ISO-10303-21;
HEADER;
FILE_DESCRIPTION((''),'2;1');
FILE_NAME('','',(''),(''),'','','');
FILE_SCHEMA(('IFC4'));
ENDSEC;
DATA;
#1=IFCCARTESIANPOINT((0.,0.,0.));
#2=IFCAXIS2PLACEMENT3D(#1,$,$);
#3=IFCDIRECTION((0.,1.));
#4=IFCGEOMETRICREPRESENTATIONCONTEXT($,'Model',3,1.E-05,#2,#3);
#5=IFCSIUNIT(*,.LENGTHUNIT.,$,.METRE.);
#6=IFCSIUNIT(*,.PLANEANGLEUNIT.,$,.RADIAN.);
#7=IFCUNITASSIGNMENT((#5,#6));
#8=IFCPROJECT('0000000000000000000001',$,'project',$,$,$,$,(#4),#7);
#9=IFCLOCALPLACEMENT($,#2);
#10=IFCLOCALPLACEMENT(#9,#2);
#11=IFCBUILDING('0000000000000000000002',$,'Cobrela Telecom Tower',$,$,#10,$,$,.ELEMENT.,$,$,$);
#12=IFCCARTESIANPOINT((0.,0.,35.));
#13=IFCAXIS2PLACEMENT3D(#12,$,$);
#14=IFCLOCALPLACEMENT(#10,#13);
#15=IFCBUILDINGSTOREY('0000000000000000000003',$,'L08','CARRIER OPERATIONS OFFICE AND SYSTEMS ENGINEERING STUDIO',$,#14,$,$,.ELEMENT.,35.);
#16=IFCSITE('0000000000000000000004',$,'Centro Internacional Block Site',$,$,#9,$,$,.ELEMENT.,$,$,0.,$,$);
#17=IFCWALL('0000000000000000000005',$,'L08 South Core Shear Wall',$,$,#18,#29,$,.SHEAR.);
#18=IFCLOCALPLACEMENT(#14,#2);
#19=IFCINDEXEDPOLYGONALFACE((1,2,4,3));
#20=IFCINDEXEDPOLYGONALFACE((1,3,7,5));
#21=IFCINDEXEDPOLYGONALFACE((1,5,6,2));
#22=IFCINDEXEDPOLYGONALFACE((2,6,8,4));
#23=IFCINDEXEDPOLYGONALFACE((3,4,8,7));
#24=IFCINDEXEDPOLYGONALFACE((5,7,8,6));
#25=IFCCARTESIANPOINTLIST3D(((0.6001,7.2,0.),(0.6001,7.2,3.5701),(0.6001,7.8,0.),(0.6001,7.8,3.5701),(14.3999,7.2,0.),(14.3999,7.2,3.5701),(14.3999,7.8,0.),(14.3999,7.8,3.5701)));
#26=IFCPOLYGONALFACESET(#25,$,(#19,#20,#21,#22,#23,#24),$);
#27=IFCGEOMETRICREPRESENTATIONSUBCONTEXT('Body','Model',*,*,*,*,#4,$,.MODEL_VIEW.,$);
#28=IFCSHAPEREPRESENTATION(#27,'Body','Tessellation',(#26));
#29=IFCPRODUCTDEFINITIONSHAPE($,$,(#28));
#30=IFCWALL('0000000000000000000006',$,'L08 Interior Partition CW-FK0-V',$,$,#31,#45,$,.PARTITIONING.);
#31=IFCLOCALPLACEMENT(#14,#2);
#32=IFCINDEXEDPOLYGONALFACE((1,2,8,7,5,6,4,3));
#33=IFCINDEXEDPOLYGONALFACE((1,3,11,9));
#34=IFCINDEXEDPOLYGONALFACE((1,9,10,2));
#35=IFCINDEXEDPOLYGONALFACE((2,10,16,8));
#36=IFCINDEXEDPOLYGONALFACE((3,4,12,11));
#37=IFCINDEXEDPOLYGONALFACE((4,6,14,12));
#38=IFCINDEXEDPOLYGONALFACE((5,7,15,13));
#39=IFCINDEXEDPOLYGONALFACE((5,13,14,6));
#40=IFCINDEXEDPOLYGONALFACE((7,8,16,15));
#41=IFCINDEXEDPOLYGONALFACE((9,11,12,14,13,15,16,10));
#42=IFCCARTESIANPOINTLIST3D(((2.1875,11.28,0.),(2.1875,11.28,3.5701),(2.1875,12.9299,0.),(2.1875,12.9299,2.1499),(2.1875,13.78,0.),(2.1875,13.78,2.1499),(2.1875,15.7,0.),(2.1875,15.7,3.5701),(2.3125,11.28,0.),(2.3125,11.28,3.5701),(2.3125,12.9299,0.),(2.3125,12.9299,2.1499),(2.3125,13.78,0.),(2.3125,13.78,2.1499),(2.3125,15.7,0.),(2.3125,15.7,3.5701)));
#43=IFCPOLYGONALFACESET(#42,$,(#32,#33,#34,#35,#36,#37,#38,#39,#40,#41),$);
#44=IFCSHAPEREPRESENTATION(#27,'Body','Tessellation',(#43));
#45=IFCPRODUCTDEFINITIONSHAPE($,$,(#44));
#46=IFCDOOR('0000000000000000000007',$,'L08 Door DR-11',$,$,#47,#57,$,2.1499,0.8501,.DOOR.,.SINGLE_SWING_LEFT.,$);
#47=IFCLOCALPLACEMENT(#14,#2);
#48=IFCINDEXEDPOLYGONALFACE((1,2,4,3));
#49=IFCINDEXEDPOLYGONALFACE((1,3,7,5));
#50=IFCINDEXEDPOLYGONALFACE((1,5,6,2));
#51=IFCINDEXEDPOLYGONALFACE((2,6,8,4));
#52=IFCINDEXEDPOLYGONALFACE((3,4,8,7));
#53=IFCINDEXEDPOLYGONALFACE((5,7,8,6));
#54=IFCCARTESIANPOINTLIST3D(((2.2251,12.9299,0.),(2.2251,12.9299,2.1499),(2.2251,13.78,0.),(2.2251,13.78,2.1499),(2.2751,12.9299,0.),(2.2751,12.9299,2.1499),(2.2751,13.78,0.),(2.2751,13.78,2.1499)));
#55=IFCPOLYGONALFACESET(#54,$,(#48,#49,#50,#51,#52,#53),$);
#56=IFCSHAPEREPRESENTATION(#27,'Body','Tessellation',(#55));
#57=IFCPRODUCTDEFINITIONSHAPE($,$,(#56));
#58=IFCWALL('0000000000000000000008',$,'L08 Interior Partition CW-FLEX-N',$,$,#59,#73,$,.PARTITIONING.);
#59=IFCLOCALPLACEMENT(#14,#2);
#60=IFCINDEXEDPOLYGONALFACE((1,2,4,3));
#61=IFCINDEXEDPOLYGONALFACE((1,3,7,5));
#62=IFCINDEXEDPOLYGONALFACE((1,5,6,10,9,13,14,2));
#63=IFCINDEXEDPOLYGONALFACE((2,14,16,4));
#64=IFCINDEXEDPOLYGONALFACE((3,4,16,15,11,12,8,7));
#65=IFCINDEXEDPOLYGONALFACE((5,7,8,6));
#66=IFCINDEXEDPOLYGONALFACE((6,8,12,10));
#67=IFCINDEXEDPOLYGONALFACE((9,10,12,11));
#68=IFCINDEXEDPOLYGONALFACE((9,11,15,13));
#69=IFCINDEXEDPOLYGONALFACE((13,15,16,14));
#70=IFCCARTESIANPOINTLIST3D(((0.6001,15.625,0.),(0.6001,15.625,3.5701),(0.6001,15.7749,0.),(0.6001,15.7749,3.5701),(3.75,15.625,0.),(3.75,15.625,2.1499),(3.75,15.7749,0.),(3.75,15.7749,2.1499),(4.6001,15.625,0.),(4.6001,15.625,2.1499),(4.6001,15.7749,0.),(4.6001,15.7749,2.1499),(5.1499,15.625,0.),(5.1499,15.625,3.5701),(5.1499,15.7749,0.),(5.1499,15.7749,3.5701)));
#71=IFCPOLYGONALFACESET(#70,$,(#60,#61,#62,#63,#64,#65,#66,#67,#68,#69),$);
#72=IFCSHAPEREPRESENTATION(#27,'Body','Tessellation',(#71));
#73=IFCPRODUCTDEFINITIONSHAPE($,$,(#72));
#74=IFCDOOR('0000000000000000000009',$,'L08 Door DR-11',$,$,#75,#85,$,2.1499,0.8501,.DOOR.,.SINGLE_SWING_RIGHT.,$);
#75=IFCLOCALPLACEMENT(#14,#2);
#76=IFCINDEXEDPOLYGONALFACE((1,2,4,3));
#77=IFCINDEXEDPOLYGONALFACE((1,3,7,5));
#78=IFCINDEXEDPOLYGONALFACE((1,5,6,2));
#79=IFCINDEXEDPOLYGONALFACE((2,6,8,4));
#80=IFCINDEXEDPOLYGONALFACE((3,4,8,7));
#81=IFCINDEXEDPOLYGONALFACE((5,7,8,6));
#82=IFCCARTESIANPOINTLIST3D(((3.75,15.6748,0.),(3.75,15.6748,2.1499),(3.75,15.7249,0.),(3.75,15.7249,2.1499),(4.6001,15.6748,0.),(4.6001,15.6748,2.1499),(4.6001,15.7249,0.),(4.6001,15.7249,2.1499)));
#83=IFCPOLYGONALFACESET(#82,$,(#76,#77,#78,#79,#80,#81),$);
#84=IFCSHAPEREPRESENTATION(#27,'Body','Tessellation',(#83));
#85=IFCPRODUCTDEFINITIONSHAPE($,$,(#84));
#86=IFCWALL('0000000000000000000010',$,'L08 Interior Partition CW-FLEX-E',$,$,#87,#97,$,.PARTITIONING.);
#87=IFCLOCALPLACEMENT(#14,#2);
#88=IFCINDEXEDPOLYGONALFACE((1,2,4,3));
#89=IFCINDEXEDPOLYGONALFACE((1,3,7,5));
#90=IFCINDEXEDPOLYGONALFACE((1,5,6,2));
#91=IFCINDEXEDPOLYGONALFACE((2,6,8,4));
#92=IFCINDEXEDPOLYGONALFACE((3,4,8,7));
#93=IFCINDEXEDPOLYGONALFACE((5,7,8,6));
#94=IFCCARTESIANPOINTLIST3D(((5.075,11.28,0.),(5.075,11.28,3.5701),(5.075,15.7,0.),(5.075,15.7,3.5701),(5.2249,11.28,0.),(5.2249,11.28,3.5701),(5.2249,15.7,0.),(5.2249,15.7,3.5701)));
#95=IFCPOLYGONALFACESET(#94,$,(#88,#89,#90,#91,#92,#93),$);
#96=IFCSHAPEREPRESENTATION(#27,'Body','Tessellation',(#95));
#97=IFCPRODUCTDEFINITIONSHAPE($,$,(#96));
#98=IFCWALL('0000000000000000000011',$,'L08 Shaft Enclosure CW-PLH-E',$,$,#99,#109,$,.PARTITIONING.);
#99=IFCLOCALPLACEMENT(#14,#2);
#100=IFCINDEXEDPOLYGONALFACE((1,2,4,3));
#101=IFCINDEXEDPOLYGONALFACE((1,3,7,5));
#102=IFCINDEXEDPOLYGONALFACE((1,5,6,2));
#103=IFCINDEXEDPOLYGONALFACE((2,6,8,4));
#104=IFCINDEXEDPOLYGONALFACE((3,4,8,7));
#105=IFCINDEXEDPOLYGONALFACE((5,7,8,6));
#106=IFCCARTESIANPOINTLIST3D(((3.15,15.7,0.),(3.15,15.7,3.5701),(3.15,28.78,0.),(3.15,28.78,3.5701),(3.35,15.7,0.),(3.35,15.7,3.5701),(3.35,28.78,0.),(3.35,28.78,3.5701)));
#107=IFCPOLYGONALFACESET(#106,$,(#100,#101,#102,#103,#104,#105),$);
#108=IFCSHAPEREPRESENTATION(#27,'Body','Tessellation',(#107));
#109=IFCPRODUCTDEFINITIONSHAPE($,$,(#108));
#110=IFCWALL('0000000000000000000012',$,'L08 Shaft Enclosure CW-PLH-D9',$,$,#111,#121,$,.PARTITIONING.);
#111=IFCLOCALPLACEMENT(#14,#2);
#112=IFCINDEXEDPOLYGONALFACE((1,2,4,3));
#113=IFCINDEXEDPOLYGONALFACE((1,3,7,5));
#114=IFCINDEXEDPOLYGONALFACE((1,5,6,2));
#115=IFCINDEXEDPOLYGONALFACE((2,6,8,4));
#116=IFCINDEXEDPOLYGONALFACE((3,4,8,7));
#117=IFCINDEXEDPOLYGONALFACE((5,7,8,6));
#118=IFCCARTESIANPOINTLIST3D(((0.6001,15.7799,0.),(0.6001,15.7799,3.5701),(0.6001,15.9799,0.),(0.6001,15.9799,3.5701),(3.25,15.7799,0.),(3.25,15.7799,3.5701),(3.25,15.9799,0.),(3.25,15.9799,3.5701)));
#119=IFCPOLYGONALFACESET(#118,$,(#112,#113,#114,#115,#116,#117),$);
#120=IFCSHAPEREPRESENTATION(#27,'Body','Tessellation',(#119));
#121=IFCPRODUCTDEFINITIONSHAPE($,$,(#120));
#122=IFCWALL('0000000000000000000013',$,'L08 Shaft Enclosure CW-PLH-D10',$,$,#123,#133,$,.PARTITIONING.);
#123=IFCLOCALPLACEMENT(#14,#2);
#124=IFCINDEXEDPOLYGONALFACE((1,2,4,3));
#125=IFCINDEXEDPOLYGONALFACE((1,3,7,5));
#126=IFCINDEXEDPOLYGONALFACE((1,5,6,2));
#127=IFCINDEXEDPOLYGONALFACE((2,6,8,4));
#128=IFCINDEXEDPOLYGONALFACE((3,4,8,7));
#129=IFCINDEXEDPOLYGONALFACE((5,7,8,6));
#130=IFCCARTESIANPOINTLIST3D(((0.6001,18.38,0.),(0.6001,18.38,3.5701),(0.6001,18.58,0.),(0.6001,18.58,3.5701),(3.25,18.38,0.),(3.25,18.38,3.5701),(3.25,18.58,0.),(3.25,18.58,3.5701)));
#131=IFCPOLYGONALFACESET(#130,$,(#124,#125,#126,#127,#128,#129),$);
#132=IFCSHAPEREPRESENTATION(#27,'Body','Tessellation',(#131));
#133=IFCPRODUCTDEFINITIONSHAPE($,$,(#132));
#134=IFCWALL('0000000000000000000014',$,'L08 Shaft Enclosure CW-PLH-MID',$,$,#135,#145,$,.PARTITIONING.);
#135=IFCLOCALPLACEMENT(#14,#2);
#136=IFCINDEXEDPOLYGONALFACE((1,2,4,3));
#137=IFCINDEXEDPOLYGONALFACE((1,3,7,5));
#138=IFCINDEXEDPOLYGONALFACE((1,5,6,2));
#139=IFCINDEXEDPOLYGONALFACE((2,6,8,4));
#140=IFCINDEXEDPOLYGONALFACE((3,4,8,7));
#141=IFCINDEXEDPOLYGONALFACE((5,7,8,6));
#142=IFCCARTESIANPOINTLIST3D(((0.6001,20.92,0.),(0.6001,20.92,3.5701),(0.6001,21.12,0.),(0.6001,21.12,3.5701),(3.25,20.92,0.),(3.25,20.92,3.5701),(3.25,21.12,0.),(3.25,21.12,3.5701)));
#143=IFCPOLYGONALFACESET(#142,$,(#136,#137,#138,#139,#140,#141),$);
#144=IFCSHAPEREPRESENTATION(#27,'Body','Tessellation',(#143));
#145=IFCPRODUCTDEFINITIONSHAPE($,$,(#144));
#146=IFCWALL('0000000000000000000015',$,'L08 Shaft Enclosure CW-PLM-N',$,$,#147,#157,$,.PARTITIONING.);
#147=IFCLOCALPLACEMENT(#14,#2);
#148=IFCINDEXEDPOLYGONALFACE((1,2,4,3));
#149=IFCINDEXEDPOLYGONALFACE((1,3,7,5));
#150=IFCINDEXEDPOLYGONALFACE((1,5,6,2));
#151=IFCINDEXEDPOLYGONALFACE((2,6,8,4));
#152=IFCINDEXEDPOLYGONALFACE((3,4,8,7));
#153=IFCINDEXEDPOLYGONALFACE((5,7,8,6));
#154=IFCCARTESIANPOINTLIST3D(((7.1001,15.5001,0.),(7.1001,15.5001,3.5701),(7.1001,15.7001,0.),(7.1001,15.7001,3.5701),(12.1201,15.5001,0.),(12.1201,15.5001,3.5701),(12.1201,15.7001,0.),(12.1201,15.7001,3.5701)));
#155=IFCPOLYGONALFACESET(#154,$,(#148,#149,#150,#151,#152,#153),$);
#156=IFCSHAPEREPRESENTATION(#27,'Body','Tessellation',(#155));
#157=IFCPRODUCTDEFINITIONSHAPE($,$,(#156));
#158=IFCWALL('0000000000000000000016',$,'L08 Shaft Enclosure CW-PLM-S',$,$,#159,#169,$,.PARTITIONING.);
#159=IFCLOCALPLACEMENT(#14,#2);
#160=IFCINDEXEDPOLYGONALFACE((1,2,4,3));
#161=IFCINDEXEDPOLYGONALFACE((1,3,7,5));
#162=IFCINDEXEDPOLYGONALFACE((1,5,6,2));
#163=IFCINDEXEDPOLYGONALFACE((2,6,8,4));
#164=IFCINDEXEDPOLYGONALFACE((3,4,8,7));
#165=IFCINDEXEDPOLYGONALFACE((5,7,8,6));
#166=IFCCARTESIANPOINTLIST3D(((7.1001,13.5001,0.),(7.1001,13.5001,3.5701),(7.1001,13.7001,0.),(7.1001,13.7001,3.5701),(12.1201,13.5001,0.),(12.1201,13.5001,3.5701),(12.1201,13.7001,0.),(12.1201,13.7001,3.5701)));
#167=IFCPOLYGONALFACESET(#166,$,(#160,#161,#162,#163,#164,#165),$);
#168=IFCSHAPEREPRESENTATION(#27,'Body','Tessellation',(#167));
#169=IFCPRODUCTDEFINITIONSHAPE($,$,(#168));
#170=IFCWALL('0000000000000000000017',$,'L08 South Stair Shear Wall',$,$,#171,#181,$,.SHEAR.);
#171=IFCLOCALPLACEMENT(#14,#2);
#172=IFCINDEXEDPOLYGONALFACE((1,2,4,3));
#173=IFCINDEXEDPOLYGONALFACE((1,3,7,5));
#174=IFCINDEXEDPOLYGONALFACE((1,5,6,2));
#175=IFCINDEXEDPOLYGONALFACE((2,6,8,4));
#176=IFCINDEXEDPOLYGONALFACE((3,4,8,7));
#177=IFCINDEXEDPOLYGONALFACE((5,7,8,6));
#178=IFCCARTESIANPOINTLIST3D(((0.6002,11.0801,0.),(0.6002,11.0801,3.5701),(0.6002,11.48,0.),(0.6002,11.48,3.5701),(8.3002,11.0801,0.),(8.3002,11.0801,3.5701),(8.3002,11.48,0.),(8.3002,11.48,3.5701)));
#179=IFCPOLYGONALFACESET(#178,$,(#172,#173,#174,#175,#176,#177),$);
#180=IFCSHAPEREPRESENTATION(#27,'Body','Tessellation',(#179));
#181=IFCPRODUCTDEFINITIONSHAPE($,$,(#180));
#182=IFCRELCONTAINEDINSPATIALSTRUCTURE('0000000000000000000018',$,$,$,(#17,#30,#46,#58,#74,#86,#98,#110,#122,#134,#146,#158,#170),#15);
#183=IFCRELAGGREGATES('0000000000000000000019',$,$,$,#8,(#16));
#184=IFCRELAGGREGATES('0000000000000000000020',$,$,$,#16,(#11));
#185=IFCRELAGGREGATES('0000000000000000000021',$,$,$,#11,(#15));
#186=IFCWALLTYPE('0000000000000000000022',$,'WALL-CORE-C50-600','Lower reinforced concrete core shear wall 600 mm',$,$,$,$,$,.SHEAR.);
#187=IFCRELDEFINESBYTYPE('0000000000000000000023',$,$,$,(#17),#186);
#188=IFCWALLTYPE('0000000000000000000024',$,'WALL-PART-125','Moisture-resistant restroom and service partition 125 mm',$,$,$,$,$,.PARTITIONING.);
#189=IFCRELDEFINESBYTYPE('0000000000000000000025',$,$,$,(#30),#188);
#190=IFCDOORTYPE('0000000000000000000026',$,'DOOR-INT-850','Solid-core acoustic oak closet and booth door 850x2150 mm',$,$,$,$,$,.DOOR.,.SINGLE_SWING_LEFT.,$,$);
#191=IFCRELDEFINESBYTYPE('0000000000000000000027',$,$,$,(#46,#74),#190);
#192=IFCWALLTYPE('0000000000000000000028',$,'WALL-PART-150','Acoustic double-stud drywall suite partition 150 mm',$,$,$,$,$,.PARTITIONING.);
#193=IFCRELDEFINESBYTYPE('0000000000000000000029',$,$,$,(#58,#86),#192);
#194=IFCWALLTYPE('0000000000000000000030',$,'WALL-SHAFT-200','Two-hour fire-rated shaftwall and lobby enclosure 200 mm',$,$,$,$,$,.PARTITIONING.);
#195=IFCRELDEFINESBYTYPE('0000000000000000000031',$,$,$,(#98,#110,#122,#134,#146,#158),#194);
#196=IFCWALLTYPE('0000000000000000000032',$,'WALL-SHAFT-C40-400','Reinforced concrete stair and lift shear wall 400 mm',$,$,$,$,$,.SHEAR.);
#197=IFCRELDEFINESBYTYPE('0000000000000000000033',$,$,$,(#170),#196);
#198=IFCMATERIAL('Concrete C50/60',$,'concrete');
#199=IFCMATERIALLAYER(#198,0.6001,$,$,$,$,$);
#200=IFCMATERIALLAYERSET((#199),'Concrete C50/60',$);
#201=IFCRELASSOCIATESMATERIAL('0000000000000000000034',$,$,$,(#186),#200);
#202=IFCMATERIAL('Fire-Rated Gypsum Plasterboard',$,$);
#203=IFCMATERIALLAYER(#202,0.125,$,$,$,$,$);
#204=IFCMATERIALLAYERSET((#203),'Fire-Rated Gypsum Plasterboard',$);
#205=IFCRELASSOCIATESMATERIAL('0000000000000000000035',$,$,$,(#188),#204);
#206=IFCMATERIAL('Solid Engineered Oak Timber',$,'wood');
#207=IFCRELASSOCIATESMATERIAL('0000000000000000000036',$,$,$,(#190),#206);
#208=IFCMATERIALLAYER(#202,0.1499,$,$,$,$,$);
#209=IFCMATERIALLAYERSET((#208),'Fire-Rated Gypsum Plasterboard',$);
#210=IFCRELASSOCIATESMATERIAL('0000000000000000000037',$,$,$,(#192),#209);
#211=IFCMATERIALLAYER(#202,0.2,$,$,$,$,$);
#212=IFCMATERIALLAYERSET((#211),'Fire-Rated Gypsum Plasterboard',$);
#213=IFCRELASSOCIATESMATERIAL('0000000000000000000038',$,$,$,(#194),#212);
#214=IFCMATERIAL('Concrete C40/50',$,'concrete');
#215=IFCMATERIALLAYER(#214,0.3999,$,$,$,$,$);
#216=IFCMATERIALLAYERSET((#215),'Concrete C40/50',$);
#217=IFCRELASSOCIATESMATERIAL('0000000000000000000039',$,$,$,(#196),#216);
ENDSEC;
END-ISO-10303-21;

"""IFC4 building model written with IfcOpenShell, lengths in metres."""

from ifc_helpers import new_model, si_unit, direction, frame, frame_2d, origin, place, context, subcontext, project, spatial, rectangle, extrude, material, layer, layer_set, type_object, element, fill, save


model = new_model("IFC4")

# Units and contexts
model_context = context("Model", 3, precision=1e-05, world=origin(), true_north=direction((0.0, 1.0)))
body_context = subcontext(model_context, "Body", "Model", "MODEL_VIEW")
ifc_project = project(units=[si_unit("LENGTHUNIT", "METRE"), si_unit("PLANEANGLEUNIT", "RADIAN")], contexts=[model_context])

# Site, building, storey
site_placement = place(None, origin())
site = spatial("IfcSite", under=ifc_project, at=site_placement, Name="Centro Internacional Block Site", CompositionType="ELEMENT", RefElevation=0.0)
building_placement = place(site_placement, origin())
building = spatial("IfcBuilding", under=site, at=building_placement, Name="Cobrela Telecom Tower", CompositionType="ELEMENT")
storey_placement = place(building_placement, frame((0.0, 0.0, 35.0)))
storey = spatial("IfcBuildingStorey", under=building, at=storey_placement, Name="L08", Description="CARRIER OPERATIONS OFFICE AND SYSTEMS ENGINEERING STUDIO", CompositionType="ELEMENT", Elevation=35.0)

# Wall
ifc_material_1 = material(Name="Concrete C50/60", Category="concrete")
ifc_layer_1 = layer(ifc_material_1, 0.6001)
ifc_layer_set_1 = layer_set([ifc_layer_1], Name="Concrete C50/60")
wall_type_1 = type_object("IfcWallType", Name="WALL-CORE-C50-600", Description="Lower reinforced concrete core shear wall 600 mm", PredefinedType="SHEAR", material=ifc_layer_set_1)
wall_1_placement = place(storey_placement, frame((0.6001, 7.5, 0.0), z_axis=(0.0, 0.0, 1.0), x_axis=(1.0, 0.0, 0.0)))
element("IfcWall", 1, at=wall_1_placement, inside=storey, type_object=wall_type_1, Name="L08 South Core Shear Wall", PredefinedType="SHEAR", context=body_context, shape_type="SweptSolid", body=[
    extrude(rectangle(XDim=13.7998, YDim=0.6001, at=frame_2d((6.8999, 0.0))), origin(), (0.0, 0.0, 1.0), 3.5701),
])

# Walls, openings, doors
ifc_material_2 = material(Name="Fire-Rated Gypsum Plasterboard")
ifc_layer_2 = layer(ifc_material_2, 0.125)
ifc_layer_set_2 = layer_set([ifc_layer_2], Name="Fire-Rated Gypsum Plasterboard")
wall_type_2 = type_object("IfcWallType", Name="WALL-PART-125", Description="Moisture-resistant restroom and service partition 125 mm", PredefinedType="PARTITIONING", material=ifc_layer_set_2)
wall_2_placement = place(storey_placement, frame((2.25, 11.28, 0.0), z_axis=(0.0, 0.0, 1.0), x_axis=(0.0, 1.0, 0.0)))
wall_2 = element("IfcWall", 2, at=wall_2_placement, inside=storey, type_object=wall_type_2, Name="L08 Interior Partition CW-FK0-V", PredefinedType="PARTITIONING", context=body_context, shape_type="SweptSolid", body=[
    extrude(rectangle(XDim=4.4199, YDim=0.125, at=frame_2d((2.21, 0.0))), origin(), (0.0, 0.0, 1.0), 3.5701),
])
opening_1_placement = place(wall_2_placement, frame((1.6499, 0.0, 0.0)))
opening_1 = element("IfcOpeningElement", 3, at=opening_1_placement, cuts=wall_2, PredefinedType="OPENING", context=body_context, shape_type="SweptSolid", body=[
    extrude(rectangle(XDim=0.8501, YDim=2.1499, at=frame_2d((0.425, 1.075))), frame((0.0, 0.0745, 0.0), z_axis=(0.0, -1.0, 0.0), x_axis=(1.0, 0.0, 0.0)), (0.0, 0.0, 1.0), 0.1489),
])
ifc_material_3 = material(Name="Solid Engineered Oak Timber", Category="wood")
door_type = type_object("IfcDoorType", Name="DOOR-INT-850", Description="Solid-core acoustic oak closet and booth door 850x2150 mm", OperationType="SINGLE_SWING_LEFT", PredefinedType="DOOR", material=ifc_material_3)
door_1_placement = place(opening_1_placement, origin())
door_1 = element("IfcDoor", 4, at=door_1_placement, inside=storey, type_object=door_type, Name="L08 Door DR-11", OperationType="SINGLE_SWING_LEFT", OverallHeight=2.1499, OverallWidth=0.8501, PredefinedType="DOOR", context=body_context, shape_type="SweptSolid", body=[
    extrude(rectangle(XDim=0.8501, YDim=2.1499, at=frame_2d((0.425, 1.075))), frame((0.0, 0.0249, 0.0), z_axis=(0.0, -1.0, 0.0), x_axis=(1.0, 0.0, 0.0)), (0.0, 0.0, 1.0), 0.05),
])
fill(opening_1, door_1)
ifc_layer_3 = layer(ifc_material_2, 0.1499)
ifc_layer_set_3 = layer_set([ifc_layer_3], Name="Fire-Rated Gypsum Plasterboard")
wall_type_3 = type_object("IfcWallType", Name="WALL-PART-150", Description="Acoustic double-stud drywall suite partition 150 mm", PredefinedType="PARTITIONING", material=ifc_layer_set_3)
wall_3_placement = place(storey_placement, frame((0.6001, 15.7, 0.0), z_axis=(0.0, 0.0, 1.0), x_axis=(1.0, 0.0, 0.0)))
wall_3 = element("IfcWall", 5, at=wall_3_placement, inside=storey, type_object=wall_type_3, Name="L08 Interior Partition CW-FLEX-N", PredefinedType="PARTITIONING", context=body_context, shape_type="SweptSolid", body=[
    extrude(rectangle(XDim=4.5498, YDim=0.1499, at=frame_2d((2.2749, 0.0))), origin(), (0.0, 0.0, 1.0), 3.5701),
])
opening_2_placement = place(wall_3_placement, frame((3.1499, 0.0, 0.0)))
opening_2 = element("IfcOpeningElement", 6, at=opening_2_placement, cuts=wall_3, PredefinedType="OPENING", context=body_context, shape_type="SweptSolid", body=[
    extrude(rectangle(XDim=0.8501, YDim=2.1499, at=frame_2d((0.425, 1.075))), frame((0.0, 0.0869, 0.0), z_axis=(0.0, -1.0, 0.0), x_axis=(1.0, 0.0, 0.0)), (0.0, 0.0, 1.0), 0.1738),
])
door_2_placement = place(opening_2_placement, origin())
door_2 = element("IfcDoor", 7, at=door_2_placement, inside=storey, type_object=door_type, Name="L08 Door DR-11", OperationType="SINGLE_SWING_RIGHT", OverallHeight=2.1499, OverallWidth=0.8501, PredefinedType="DOOR", context=body_context, shape_type="SweptSolid", body=[
    extrude(rectangle(XDim=0.8501, YDim=2.1499, at=frame_2d((0.425, 1.075))), frame((0.0, 0.0249, 0.0), z_axis=(0.0, -1.0, 0.0), x_axis=(1.0, 0.0, 0.0)), (0.0, 0.0, 1.0), 0.05),
])
fill(opening_2, door_2)

# Walls
wall_4_placement = place(storey_placement, frame((5.1499, 11.28, 0.0), z_axis=(0.0, 0.0, 1.0), x_axis=(0.0, 1.0, 0.0)))
element("IfcWall", 8, at=wall_4_placement, inside=storey, type_object=wall_type_3, Name="L08 Interior Partition CW-FLEX-E", PredefinedType="PARTITIONING", context=body_context, shape_type="SweptSolid", body=[
    extrude(rectangle(XDim=4.4199, YDim=0.1499, at=frame_2d((2.21, 0.0))), origin(), (0.0, 0.0, 1.0), 3.5701),
])
ifc_layer_4 = layer(ifc_material_2, 0.2)
ifc_layer_set_4 = layer_set([ifc_layer_4], Name="Fire-Rated Gypsum Plasterboard")
wall_type_4 = type_object("IfcWallType", Name="WALL-SHAFT-200", Description="Two-hour fire-rated shaftwall and lobby enclosure 200 mm", PredefinedType="PARTITIONING", material=ifc_layer_set_4)
wall_5_placement = place(storey_placement, frame((3.25, 15.7, 0.0), z_axis=(0.0, 0.0, 1.0), x_axis=(0.0, 1.0, 0.0)))
element("IfcWall", 9, at=wall_5_placement, inside=storey, type_object=wall_type_4, Name="L08 Shaft Enclosure CW-PLH-E", PredefinedType="PARTITIONING", context=body_context, shape_type="SweptSolid", body=[
    extrude(rectangle(XDim=13.0801, YDim=0.2, at=frame_2d((6.54, 0.0))), origin(), (0.0, 0.0, 1.0), 3.5701),
])
for number, where, z_axis, x_axis, name in (
    (10, (0.6001, 15.8799, 0.0), (0.0, 0.0, 1.0), (1.0, 0.0, 0.0), "L08 Shaft Enclosure CW-PLH-D9"),
    (11, (0.6001, 18.48, 0.0), (0.0, 0.0, 1.0), (1.0, 0.0, 0.0), "L08 Shaft Enclosure CW-PLH-D10"),
    (12, (0.6001, 21.02, 0.0), (0.0, 0.0, 1.0), (1.0, 0.0, 0.0), "L08 Shaft Enclosure CW-PLH-MID"),
):
    element("IfcWall", number, at=place(storey_placement, frame(where, z_axis=z_axis, x_axis=x_axis)), inside=storey, type_object=wall_type_4, Name=name, PredefinedType="PARTITIONING", context=body_context, shape_type="SweptSolid", body=[
        extrude(rectangle(XDim=2.6499, YDim=0.2, at=frame_2d((1.325, 0.0))), origin(), (0.0, 0.0, 1.0), 3.5701),
    ])
for number, where, z_axis, x_axis, name in (
    (13, (7.1001, 15.6001, 0.0), (0.0, 0.0, 1.0), (1.0, 0.0, 0.0), "L08 Shaft Enclosure CW-PLM-N"),
    (14, (7.1001, 13.6001, 0.0), (0.0, 0.0, 1.0), (1.0, 0.0, 0.0), "L08 Shaft Enclosure CW-PLM-S"),
):
    element("IfcWall", number, at=place(storey_placement, frame(where, z_axis=z_axis, x_axis=x_axis)), inside=storey, type_object=wall_type_4, Name=name, PredefinedType="PARTITIONING", context=body_context, shape_type="SweptSolid", body=[
        extrude(rectangle(XDim=5.02, YDim=0.2, at=frame_2d((2.51, 0.0))), origin(), (0.0, 0.0, 1.0), 3.5701),
    ])
ifc_material_4 = material(Name="Concrete C40/50", Category="concrete")
ifc_layer_5 = layer(ifc_material_4, 0.3999)
ifc_layer_set_5 = layer_set([ifc_layer_5], Name="Concrete C40/50")
wall_type_5 = type_object("IfcWallType", Name="WALL-SHAFT-C40-400", Description="Reinforced concrete stair and lift shear wall 400 mm", PredefinedType="SHEAR", material=ifc_layer_set_5)
wall_6_placement = place(storey_placement, frame((0.6001, 11.28, 0.0), z_axis=(0.0, 0.0, 1.0), x_axis=(1.0, 0.0, 0.0)))
element("IfcWall", 15, at=wall_6_placement, inside=storey, type_object=wall_type_5, Name="L08 South Stair Shear Wall", PredefinedType="SHEAR", context=body_context, shape_type="SweptSolid", body=[
    extrude(rectangle(XDim=7.7, YDim=0.3999, at=frame_2d((3.8501, 0.0))), origin(), (0.0, 0.0, 1.0), 3.5701),
])

save(model, "model.ifc")
